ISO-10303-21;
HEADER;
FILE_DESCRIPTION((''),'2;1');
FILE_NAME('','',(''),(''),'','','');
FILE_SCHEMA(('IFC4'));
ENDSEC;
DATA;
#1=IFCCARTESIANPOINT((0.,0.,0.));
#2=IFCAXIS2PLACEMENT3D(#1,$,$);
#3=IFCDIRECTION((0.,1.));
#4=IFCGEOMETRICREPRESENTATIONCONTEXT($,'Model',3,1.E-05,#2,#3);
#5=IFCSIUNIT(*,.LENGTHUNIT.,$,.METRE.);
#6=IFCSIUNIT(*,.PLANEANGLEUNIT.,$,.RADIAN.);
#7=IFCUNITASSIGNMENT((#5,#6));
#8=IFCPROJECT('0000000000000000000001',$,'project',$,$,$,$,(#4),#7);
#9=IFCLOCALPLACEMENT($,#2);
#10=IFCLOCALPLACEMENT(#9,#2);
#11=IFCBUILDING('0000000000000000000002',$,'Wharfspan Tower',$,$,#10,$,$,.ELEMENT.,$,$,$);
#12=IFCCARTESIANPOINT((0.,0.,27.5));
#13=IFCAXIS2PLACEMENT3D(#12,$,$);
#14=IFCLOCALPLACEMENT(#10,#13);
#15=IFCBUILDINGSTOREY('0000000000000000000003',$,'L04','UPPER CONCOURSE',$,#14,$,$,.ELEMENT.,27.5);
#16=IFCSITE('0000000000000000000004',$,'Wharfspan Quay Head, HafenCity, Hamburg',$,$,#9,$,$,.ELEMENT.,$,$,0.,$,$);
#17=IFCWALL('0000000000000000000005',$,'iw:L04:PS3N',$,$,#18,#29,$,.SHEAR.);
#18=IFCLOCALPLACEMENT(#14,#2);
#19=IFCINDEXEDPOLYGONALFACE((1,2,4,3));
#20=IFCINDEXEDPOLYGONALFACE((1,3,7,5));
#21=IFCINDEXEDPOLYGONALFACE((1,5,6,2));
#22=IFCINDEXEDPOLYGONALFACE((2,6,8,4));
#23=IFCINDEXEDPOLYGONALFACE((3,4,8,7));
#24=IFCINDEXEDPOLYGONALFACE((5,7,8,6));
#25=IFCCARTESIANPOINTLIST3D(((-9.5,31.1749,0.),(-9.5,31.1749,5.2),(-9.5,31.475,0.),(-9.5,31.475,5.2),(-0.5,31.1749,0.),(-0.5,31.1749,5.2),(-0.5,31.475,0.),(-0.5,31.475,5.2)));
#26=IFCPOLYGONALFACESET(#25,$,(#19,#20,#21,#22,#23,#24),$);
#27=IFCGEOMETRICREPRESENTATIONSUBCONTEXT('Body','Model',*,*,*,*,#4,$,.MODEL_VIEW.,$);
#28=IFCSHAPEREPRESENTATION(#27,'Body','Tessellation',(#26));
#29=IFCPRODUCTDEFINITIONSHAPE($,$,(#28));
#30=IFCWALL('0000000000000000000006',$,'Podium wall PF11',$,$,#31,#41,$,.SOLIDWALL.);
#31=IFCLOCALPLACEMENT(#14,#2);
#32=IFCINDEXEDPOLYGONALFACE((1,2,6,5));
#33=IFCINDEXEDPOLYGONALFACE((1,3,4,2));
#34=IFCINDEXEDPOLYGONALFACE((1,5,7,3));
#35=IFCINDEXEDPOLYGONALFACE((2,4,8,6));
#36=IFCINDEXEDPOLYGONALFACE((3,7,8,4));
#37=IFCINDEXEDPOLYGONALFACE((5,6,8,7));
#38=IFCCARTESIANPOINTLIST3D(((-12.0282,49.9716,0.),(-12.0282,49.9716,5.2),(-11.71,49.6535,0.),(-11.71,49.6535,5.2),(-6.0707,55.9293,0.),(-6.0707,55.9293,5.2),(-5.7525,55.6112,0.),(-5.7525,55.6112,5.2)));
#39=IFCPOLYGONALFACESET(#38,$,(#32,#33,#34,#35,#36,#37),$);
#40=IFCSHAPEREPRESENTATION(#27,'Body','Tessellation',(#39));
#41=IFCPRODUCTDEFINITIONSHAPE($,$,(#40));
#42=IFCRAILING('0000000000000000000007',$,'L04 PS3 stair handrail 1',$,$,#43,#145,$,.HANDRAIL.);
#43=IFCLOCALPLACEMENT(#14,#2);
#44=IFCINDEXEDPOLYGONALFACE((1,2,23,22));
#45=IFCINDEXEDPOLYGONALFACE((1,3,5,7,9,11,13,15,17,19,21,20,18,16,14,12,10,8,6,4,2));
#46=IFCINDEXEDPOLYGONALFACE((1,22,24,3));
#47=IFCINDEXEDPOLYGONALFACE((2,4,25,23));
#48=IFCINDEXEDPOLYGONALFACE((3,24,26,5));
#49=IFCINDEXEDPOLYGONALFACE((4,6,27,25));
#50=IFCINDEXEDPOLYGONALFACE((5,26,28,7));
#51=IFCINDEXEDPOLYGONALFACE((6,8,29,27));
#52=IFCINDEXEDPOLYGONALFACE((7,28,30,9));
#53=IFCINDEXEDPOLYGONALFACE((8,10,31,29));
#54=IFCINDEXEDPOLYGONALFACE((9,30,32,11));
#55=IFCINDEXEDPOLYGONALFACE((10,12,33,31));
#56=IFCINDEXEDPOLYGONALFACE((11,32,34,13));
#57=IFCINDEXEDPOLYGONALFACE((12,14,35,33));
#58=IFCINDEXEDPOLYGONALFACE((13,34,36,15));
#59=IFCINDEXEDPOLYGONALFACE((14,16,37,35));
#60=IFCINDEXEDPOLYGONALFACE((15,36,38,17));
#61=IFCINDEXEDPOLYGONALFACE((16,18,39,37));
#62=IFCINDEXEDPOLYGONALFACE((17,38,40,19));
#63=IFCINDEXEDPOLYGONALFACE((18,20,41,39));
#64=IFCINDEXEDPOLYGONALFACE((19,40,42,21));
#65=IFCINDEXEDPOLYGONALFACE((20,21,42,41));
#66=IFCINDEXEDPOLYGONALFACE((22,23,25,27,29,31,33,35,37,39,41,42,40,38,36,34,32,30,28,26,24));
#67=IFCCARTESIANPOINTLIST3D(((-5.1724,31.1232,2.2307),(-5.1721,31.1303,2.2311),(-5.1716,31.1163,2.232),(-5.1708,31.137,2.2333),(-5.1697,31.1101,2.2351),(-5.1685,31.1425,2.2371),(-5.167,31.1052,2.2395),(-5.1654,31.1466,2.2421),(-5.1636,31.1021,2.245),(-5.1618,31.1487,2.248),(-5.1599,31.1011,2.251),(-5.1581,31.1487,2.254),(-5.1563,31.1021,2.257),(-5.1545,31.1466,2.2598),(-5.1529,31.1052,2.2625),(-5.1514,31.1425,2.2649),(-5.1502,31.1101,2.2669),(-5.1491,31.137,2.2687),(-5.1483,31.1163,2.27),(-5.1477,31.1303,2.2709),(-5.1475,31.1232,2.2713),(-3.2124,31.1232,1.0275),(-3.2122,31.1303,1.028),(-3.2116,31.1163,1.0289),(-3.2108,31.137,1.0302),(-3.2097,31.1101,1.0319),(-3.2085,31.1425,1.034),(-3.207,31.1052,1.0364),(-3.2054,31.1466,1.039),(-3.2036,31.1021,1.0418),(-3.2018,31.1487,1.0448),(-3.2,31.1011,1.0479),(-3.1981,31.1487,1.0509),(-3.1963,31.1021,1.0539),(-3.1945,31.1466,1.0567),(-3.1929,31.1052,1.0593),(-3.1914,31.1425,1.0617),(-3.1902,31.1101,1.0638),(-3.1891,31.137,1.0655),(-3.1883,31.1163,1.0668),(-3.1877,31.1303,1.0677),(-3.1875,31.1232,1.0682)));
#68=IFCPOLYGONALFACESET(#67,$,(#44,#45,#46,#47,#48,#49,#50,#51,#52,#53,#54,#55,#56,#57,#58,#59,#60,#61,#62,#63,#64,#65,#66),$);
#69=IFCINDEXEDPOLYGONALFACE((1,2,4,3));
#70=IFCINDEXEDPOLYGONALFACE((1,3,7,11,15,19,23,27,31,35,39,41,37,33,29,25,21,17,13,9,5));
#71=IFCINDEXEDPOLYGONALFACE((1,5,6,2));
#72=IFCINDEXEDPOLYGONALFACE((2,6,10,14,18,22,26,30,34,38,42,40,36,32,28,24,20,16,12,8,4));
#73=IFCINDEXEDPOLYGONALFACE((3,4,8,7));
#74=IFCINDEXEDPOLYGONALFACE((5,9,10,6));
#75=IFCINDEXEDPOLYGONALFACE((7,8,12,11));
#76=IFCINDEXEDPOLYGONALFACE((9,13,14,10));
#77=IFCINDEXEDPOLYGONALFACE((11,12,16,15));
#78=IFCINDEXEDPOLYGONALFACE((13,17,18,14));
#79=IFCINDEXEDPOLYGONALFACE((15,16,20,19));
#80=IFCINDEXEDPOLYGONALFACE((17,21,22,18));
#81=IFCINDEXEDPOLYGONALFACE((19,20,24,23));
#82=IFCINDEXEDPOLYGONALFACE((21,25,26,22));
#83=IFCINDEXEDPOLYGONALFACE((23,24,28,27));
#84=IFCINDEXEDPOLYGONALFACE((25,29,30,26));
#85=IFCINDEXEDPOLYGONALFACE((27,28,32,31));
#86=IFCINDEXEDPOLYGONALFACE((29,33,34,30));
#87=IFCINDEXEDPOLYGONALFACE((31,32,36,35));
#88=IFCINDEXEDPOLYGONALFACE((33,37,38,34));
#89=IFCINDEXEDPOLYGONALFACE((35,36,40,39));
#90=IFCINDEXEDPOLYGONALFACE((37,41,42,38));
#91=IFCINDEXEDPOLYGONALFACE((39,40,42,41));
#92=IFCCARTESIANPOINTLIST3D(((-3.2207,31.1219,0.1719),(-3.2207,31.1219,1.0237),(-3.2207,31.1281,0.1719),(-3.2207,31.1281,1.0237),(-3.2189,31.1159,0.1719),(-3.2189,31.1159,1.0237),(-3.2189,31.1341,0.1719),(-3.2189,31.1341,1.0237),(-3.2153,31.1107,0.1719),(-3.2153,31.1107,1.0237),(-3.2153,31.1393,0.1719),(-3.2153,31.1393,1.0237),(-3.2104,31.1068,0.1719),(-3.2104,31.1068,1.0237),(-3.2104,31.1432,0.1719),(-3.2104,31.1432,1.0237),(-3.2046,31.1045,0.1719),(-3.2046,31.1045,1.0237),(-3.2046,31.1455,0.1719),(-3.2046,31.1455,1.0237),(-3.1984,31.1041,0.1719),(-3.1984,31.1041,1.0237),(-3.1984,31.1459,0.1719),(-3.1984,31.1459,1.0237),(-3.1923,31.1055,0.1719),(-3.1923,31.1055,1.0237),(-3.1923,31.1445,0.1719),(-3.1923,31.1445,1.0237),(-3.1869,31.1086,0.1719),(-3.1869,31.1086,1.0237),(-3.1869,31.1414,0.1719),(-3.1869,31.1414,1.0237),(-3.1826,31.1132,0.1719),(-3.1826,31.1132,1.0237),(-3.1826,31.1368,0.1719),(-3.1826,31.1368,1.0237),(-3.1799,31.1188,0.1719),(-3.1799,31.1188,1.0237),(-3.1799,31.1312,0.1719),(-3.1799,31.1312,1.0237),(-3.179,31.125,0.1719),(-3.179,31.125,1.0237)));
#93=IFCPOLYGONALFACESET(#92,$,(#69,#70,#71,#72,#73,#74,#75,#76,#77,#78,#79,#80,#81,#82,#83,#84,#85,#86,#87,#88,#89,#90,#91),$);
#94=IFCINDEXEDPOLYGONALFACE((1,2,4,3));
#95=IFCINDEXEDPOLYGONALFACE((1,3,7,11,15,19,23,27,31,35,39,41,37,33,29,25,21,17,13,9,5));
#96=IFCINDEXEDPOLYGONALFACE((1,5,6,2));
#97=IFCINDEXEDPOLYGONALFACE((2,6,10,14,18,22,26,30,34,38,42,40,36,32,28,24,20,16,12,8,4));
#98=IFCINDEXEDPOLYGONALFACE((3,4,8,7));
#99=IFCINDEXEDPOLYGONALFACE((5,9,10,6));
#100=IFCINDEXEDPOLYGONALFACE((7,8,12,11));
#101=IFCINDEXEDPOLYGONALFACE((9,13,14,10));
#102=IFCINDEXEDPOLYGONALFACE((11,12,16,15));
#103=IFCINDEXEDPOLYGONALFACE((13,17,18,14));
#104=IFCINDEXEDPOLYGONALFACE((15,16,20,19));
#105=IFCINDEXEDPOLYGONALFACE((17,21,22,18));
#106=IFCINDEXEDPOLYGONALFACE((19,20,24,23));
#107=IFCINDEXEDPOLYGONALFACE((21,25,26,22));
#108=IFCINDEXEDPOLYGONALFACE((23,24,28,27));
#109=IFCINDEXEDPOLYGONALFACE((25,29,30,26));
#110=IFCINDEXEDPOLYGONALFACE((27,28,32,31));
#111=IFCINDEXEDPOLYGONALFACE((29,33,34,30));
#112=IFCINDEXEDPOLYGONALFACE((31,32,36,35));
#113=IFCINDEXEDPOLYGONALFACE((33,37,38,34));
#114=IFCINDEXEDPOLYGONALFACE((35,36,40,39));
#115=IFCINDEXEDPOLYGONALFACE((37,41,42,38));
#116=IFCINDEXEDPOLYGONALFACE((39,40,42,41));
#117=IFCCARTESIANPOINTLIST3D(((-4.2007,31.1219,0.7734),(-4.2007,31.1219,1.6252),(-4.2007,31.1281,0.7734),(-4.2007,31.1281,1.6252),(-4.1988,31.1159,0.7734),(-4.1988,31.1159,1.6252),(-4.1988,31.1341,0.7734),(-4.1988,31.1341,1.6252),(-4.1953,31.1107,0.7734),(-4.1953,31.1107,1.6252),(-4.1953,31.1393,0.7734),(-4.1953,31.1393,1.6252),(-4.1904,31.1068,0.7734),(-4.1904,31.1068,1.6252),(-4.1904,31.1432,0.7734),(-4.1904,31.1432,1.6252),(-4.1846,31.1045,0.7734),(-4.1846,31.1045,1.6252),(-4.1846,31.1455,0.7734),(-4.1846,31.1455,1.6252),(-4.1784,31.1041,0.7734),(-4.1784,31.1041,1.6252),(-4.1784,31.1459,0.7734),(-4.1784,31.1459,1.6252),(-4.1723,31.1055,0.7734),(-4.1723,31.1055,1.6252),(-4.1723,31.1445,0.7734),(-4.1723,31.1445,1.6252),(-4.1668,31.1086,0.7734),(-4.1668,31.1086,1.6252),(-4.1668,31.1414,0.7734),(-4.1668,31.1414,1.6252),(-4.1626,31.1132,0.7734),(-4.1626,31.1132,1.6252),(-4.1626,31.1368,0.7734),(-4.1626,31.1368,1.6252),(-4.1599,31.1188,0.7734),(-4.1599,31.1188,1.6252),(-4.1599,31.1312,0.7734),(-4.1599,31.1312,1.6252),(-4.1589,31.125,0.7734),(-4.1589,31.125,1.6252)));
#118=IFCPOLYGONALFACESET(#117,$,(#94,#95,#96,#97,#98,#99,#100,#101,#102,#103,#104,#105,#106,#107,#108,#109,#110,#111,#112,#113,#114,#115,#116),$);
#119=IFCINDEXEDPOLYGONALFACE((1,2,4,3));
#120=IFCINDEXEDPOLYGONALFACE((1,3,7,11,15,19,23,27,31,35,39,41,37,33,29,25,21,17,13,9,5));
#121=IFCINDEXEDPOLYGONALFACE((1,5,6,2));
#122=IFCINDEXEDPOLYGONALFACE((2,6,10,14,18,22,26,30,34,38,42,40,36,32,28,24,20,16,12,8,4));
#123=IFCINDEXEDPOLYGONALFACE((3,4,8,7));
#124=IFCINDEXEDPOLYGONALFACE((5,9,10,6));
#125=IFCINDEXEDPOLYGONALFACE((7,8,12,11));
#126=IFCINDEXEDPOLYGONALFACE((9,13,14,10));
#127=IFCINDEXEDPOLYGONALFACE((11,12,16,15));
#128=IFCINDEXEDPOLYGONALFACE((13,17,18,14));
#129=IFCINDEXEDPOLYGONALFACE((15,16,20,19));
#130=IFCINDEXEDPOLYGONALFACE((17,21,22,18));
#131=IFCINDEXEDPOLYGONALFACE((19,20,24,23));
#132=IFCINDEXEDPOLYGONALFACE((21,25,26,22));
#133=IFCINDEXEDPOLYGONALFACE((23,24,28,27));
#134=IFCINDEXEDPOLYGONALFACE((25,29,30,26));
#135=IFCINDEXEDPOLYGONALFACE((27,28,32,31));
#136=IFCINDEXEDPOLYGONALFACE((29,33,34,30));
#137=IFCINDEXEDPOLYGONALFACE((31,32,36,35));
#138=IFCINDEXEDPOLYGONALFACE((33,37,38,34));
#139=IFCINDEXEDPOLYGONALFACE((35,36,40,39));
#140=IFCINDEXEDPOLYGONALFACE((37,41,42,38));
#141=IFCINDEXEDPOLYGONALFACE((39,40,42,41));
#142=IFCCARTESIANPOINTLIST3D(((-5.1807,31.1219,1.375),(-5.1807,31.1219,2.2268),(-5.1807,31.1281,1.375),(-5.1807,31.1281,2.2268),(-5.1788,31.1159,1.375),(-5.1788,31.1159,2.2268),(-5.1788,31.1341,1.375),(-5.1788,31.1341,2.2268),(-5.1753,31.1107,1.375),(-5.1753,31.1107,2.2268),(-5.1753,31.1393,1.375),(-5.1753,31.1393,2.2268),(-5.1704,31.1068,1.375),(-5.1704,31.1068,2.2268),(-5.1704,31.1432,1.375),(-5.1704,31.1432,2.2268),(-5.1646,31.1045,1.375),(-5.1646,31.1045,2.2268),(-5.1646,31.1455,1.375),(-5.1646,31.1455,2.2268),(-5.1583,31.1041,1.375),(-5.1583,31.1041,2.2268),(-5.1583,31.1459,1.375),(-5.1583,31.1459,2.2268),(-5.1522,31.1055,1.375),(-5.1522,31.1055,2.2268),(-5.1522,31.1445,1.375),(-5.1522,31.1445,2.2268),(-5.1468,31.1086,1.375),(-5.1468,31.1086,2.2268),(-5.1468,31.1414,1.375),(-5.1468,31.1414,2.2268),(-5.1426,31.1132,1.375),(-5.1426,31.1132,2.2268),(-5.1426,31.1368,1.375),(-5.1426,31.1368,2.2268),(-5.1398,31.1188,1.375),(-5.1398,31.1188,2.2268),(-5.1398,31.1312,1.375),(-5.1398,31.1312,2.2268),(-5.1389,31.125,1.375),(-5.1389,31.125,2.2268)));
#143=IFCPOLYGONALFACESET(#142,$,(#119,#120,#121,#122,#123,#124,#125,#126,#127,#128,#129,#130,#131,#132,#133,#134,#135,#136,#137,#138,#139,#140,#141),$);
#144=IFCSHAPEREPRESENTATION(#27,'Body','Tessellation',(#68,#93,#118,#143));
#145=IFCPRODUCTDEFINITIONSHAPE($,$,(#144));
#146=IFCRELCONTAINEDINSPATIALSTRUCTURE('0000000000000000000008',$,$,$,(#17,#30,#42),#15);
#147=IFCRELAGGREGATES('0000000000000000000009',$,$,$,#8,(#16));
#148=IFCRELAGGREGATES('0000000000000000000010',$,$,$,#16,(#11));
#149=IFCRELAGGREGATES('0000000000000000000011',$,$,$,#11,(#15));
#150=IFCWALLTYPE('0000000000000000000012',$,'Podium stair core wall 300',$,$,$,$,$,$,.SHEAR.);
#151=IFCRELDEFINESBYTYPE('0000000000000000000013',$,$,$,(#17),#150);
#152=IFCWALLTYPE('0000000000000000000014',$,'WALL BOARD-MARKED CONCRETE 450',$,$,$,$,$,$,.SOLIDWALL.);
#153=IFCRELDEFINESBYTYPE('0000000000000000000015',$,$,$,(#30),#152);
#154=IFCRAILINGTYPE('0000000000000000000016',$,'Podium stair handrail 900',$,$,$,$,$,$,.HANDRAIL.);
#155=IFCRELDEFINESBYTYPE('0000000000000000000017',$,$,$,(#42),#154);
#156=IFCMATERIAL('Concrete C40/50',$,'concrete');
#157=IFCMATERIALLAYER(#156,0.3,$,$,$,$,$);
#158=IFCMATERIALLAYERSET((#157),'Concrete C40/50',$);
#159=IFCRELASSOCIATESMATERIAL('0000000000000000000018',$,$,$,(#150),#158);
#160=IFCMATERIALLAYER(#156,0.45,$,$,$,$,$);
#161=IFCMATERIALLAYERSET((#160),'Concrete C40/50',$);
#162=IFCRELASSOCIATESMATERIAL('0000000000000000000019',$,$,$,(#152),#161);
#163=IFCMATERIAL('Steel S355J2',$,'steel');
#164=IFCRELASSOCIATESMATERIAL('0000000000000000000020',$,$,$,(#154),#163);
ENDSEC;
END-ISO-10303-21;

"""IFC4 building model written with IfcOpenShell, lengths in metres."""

from ifc_helpers import new_model, si_unit, direction, frame, frame_2d, origin, origin_2d, place, context, subcontext, project, spatial, rectangle, circle, extrude, material, layer, layer_set, type_object, element, save


model = new_model("IFC4")

# Units and contexts
model_context = context("Model", 3, precision=1e-05, world=origin(), true_north=direction((0.0, 1.0)))
body_context = subcontext(model_context, "Body", "Model", "MODEL_VIEW")
ifc_project = project(units=[si_unit("LENGTHUNIT", "METRE"), si_unit("PLANEANGLEUNIT", "RADIAN")], contexts=[model_context])

# Site, building, storey
site_placement = place(None, origin())
site = spatial("IfcSite", under=ifc_project, at=site_placement, Name="Wharfspan Quay Head, HafenCity, Hamburg", CompositionType="ELEMENT", RefElevation=0.0)
building_placement = place(site_placement, origin())
building = spatial("IfcBuilding", under=site, at=building_placement, Name="Wharfspan Tower", CompositionType="ELEMENT")
storey_placement = place(building_placement, frame((0.0, 0.0, 27.5)))
storey = spatial("IfcBuildingStorey", under=building, at=storey_placement, Name="L04", Description="UPPER CONCOURSE", CompositionType="ELEMENT", Elevation=27.5)

# Walls
ifc_material_1 = material(Name="Concrete C40/50", Category="concrete")
ifc_layer_1 = layer(ifc_material_1, 0.3)
ifc_layer_set_1 = layer_set([ifc_layer_1], Name="Concrete C40/50")
wall_type_1 = type_object("IfcWallType", Name="Podium stair core wall 300", PredefinedType="SHEAR", material=ifc_layer_set_1)
wall_1_placement = place(storey_placement, frame((-9.5, 31.325, 0.0), z_axis=(0.0, 0.0, 1.0), x_axis=(1.0, 0.0, 0.0)))
element("IfcWall", 1, at=wall_1_placement, inside=storey, type_object=wall_type_1, Name="iw:L04:PS3N", PredefinedType="SHEAR", context=body_context, shape_type="SweptSolid", body=[
    extrude(rectangle(XDim=9.0, YDim=0.3, at=frame_2d((4.5, 0.0))), origin(), (0.0, 0.0, 1.0), 5.2),
])
ifc_layer_2 = layer(ifc_material_1, 0.45)
ifc_layer_set_2 = layer_set([ifc_layer_2], Name="Concrete C40/50")
wall_type_2 = type_object("IfcWallType", Name="WALL BOARD-MARKED CONCRETE 450", PredefinedType="SOLIDWALL", material=ifc_layer_set_2)
wall_2_placement = place(storey_placement, frame((-5.9116, 55.7703, 0.0), z_axis=(0.0, 0.0, 1.0), x_axis=(-0.707092, -0.707121, 0.0)))
element("IfcWall", 2, at=wall_2_placement, inside=storey, type_object=wall_type_2, Name="Podium wall PF11", PredefinedType="SOLIDWALL", context=body_context, shape_type="SweptSolid", body=[
    extrude(rectangle(XDim=8.4253, YDim=0.45, at=frame_2d((4.2126, 0.0))), origin(), (0.0, 0.0, 1.0), 5.2),
])

# Railing
ifc_material_2 = material(Name="Steel S355J2", Category="steel")
railing_type = type_object("IfcRailingType", Name="Podium stair handrail 900", PredefinedType="HANDRAIL", material=ifc_material_2)
for number, where, name in (
    (3, (-3.2, 31.125, 0.1719), "L04 PS3 stair handrail 1"),
):
    element("IfcRailing", number, at=place(storey_placement, frame(where)), inside=storey, type_object=railing_type, Name=name, PredefinedType="HANDRAIL", context=body_context, shape_type="SweptSolid", body=[
        extrude(circle(Radius=0.0239, at=origin_2d()), frame((0.0, 0.0, 0.876), z_axis=(-0.852241, 0.0, 0.523149), x_axis=(0.0, -1.0, 0.0)), (0.0, 0.0, 1.0), 2.2998),
        extrude(circle(Radius=0.021, at=origin_2d()), origin(), (0.0, 0.0, 1.0), 0.8518),
        extrude(circle(Radius=0.021, at=origin_2d()), frame((-0.98, 0.0, 0.6016)), (0.0, 0.0, 1.0), 0.8518),
        extrude(circle(Radius=0.021, at=origin_2d()), frame((-1.96, 0.0, 1.2031)), (0.0, 0.0, 1.0), 0.8518),
    ])

save(model, "model.ifc")
